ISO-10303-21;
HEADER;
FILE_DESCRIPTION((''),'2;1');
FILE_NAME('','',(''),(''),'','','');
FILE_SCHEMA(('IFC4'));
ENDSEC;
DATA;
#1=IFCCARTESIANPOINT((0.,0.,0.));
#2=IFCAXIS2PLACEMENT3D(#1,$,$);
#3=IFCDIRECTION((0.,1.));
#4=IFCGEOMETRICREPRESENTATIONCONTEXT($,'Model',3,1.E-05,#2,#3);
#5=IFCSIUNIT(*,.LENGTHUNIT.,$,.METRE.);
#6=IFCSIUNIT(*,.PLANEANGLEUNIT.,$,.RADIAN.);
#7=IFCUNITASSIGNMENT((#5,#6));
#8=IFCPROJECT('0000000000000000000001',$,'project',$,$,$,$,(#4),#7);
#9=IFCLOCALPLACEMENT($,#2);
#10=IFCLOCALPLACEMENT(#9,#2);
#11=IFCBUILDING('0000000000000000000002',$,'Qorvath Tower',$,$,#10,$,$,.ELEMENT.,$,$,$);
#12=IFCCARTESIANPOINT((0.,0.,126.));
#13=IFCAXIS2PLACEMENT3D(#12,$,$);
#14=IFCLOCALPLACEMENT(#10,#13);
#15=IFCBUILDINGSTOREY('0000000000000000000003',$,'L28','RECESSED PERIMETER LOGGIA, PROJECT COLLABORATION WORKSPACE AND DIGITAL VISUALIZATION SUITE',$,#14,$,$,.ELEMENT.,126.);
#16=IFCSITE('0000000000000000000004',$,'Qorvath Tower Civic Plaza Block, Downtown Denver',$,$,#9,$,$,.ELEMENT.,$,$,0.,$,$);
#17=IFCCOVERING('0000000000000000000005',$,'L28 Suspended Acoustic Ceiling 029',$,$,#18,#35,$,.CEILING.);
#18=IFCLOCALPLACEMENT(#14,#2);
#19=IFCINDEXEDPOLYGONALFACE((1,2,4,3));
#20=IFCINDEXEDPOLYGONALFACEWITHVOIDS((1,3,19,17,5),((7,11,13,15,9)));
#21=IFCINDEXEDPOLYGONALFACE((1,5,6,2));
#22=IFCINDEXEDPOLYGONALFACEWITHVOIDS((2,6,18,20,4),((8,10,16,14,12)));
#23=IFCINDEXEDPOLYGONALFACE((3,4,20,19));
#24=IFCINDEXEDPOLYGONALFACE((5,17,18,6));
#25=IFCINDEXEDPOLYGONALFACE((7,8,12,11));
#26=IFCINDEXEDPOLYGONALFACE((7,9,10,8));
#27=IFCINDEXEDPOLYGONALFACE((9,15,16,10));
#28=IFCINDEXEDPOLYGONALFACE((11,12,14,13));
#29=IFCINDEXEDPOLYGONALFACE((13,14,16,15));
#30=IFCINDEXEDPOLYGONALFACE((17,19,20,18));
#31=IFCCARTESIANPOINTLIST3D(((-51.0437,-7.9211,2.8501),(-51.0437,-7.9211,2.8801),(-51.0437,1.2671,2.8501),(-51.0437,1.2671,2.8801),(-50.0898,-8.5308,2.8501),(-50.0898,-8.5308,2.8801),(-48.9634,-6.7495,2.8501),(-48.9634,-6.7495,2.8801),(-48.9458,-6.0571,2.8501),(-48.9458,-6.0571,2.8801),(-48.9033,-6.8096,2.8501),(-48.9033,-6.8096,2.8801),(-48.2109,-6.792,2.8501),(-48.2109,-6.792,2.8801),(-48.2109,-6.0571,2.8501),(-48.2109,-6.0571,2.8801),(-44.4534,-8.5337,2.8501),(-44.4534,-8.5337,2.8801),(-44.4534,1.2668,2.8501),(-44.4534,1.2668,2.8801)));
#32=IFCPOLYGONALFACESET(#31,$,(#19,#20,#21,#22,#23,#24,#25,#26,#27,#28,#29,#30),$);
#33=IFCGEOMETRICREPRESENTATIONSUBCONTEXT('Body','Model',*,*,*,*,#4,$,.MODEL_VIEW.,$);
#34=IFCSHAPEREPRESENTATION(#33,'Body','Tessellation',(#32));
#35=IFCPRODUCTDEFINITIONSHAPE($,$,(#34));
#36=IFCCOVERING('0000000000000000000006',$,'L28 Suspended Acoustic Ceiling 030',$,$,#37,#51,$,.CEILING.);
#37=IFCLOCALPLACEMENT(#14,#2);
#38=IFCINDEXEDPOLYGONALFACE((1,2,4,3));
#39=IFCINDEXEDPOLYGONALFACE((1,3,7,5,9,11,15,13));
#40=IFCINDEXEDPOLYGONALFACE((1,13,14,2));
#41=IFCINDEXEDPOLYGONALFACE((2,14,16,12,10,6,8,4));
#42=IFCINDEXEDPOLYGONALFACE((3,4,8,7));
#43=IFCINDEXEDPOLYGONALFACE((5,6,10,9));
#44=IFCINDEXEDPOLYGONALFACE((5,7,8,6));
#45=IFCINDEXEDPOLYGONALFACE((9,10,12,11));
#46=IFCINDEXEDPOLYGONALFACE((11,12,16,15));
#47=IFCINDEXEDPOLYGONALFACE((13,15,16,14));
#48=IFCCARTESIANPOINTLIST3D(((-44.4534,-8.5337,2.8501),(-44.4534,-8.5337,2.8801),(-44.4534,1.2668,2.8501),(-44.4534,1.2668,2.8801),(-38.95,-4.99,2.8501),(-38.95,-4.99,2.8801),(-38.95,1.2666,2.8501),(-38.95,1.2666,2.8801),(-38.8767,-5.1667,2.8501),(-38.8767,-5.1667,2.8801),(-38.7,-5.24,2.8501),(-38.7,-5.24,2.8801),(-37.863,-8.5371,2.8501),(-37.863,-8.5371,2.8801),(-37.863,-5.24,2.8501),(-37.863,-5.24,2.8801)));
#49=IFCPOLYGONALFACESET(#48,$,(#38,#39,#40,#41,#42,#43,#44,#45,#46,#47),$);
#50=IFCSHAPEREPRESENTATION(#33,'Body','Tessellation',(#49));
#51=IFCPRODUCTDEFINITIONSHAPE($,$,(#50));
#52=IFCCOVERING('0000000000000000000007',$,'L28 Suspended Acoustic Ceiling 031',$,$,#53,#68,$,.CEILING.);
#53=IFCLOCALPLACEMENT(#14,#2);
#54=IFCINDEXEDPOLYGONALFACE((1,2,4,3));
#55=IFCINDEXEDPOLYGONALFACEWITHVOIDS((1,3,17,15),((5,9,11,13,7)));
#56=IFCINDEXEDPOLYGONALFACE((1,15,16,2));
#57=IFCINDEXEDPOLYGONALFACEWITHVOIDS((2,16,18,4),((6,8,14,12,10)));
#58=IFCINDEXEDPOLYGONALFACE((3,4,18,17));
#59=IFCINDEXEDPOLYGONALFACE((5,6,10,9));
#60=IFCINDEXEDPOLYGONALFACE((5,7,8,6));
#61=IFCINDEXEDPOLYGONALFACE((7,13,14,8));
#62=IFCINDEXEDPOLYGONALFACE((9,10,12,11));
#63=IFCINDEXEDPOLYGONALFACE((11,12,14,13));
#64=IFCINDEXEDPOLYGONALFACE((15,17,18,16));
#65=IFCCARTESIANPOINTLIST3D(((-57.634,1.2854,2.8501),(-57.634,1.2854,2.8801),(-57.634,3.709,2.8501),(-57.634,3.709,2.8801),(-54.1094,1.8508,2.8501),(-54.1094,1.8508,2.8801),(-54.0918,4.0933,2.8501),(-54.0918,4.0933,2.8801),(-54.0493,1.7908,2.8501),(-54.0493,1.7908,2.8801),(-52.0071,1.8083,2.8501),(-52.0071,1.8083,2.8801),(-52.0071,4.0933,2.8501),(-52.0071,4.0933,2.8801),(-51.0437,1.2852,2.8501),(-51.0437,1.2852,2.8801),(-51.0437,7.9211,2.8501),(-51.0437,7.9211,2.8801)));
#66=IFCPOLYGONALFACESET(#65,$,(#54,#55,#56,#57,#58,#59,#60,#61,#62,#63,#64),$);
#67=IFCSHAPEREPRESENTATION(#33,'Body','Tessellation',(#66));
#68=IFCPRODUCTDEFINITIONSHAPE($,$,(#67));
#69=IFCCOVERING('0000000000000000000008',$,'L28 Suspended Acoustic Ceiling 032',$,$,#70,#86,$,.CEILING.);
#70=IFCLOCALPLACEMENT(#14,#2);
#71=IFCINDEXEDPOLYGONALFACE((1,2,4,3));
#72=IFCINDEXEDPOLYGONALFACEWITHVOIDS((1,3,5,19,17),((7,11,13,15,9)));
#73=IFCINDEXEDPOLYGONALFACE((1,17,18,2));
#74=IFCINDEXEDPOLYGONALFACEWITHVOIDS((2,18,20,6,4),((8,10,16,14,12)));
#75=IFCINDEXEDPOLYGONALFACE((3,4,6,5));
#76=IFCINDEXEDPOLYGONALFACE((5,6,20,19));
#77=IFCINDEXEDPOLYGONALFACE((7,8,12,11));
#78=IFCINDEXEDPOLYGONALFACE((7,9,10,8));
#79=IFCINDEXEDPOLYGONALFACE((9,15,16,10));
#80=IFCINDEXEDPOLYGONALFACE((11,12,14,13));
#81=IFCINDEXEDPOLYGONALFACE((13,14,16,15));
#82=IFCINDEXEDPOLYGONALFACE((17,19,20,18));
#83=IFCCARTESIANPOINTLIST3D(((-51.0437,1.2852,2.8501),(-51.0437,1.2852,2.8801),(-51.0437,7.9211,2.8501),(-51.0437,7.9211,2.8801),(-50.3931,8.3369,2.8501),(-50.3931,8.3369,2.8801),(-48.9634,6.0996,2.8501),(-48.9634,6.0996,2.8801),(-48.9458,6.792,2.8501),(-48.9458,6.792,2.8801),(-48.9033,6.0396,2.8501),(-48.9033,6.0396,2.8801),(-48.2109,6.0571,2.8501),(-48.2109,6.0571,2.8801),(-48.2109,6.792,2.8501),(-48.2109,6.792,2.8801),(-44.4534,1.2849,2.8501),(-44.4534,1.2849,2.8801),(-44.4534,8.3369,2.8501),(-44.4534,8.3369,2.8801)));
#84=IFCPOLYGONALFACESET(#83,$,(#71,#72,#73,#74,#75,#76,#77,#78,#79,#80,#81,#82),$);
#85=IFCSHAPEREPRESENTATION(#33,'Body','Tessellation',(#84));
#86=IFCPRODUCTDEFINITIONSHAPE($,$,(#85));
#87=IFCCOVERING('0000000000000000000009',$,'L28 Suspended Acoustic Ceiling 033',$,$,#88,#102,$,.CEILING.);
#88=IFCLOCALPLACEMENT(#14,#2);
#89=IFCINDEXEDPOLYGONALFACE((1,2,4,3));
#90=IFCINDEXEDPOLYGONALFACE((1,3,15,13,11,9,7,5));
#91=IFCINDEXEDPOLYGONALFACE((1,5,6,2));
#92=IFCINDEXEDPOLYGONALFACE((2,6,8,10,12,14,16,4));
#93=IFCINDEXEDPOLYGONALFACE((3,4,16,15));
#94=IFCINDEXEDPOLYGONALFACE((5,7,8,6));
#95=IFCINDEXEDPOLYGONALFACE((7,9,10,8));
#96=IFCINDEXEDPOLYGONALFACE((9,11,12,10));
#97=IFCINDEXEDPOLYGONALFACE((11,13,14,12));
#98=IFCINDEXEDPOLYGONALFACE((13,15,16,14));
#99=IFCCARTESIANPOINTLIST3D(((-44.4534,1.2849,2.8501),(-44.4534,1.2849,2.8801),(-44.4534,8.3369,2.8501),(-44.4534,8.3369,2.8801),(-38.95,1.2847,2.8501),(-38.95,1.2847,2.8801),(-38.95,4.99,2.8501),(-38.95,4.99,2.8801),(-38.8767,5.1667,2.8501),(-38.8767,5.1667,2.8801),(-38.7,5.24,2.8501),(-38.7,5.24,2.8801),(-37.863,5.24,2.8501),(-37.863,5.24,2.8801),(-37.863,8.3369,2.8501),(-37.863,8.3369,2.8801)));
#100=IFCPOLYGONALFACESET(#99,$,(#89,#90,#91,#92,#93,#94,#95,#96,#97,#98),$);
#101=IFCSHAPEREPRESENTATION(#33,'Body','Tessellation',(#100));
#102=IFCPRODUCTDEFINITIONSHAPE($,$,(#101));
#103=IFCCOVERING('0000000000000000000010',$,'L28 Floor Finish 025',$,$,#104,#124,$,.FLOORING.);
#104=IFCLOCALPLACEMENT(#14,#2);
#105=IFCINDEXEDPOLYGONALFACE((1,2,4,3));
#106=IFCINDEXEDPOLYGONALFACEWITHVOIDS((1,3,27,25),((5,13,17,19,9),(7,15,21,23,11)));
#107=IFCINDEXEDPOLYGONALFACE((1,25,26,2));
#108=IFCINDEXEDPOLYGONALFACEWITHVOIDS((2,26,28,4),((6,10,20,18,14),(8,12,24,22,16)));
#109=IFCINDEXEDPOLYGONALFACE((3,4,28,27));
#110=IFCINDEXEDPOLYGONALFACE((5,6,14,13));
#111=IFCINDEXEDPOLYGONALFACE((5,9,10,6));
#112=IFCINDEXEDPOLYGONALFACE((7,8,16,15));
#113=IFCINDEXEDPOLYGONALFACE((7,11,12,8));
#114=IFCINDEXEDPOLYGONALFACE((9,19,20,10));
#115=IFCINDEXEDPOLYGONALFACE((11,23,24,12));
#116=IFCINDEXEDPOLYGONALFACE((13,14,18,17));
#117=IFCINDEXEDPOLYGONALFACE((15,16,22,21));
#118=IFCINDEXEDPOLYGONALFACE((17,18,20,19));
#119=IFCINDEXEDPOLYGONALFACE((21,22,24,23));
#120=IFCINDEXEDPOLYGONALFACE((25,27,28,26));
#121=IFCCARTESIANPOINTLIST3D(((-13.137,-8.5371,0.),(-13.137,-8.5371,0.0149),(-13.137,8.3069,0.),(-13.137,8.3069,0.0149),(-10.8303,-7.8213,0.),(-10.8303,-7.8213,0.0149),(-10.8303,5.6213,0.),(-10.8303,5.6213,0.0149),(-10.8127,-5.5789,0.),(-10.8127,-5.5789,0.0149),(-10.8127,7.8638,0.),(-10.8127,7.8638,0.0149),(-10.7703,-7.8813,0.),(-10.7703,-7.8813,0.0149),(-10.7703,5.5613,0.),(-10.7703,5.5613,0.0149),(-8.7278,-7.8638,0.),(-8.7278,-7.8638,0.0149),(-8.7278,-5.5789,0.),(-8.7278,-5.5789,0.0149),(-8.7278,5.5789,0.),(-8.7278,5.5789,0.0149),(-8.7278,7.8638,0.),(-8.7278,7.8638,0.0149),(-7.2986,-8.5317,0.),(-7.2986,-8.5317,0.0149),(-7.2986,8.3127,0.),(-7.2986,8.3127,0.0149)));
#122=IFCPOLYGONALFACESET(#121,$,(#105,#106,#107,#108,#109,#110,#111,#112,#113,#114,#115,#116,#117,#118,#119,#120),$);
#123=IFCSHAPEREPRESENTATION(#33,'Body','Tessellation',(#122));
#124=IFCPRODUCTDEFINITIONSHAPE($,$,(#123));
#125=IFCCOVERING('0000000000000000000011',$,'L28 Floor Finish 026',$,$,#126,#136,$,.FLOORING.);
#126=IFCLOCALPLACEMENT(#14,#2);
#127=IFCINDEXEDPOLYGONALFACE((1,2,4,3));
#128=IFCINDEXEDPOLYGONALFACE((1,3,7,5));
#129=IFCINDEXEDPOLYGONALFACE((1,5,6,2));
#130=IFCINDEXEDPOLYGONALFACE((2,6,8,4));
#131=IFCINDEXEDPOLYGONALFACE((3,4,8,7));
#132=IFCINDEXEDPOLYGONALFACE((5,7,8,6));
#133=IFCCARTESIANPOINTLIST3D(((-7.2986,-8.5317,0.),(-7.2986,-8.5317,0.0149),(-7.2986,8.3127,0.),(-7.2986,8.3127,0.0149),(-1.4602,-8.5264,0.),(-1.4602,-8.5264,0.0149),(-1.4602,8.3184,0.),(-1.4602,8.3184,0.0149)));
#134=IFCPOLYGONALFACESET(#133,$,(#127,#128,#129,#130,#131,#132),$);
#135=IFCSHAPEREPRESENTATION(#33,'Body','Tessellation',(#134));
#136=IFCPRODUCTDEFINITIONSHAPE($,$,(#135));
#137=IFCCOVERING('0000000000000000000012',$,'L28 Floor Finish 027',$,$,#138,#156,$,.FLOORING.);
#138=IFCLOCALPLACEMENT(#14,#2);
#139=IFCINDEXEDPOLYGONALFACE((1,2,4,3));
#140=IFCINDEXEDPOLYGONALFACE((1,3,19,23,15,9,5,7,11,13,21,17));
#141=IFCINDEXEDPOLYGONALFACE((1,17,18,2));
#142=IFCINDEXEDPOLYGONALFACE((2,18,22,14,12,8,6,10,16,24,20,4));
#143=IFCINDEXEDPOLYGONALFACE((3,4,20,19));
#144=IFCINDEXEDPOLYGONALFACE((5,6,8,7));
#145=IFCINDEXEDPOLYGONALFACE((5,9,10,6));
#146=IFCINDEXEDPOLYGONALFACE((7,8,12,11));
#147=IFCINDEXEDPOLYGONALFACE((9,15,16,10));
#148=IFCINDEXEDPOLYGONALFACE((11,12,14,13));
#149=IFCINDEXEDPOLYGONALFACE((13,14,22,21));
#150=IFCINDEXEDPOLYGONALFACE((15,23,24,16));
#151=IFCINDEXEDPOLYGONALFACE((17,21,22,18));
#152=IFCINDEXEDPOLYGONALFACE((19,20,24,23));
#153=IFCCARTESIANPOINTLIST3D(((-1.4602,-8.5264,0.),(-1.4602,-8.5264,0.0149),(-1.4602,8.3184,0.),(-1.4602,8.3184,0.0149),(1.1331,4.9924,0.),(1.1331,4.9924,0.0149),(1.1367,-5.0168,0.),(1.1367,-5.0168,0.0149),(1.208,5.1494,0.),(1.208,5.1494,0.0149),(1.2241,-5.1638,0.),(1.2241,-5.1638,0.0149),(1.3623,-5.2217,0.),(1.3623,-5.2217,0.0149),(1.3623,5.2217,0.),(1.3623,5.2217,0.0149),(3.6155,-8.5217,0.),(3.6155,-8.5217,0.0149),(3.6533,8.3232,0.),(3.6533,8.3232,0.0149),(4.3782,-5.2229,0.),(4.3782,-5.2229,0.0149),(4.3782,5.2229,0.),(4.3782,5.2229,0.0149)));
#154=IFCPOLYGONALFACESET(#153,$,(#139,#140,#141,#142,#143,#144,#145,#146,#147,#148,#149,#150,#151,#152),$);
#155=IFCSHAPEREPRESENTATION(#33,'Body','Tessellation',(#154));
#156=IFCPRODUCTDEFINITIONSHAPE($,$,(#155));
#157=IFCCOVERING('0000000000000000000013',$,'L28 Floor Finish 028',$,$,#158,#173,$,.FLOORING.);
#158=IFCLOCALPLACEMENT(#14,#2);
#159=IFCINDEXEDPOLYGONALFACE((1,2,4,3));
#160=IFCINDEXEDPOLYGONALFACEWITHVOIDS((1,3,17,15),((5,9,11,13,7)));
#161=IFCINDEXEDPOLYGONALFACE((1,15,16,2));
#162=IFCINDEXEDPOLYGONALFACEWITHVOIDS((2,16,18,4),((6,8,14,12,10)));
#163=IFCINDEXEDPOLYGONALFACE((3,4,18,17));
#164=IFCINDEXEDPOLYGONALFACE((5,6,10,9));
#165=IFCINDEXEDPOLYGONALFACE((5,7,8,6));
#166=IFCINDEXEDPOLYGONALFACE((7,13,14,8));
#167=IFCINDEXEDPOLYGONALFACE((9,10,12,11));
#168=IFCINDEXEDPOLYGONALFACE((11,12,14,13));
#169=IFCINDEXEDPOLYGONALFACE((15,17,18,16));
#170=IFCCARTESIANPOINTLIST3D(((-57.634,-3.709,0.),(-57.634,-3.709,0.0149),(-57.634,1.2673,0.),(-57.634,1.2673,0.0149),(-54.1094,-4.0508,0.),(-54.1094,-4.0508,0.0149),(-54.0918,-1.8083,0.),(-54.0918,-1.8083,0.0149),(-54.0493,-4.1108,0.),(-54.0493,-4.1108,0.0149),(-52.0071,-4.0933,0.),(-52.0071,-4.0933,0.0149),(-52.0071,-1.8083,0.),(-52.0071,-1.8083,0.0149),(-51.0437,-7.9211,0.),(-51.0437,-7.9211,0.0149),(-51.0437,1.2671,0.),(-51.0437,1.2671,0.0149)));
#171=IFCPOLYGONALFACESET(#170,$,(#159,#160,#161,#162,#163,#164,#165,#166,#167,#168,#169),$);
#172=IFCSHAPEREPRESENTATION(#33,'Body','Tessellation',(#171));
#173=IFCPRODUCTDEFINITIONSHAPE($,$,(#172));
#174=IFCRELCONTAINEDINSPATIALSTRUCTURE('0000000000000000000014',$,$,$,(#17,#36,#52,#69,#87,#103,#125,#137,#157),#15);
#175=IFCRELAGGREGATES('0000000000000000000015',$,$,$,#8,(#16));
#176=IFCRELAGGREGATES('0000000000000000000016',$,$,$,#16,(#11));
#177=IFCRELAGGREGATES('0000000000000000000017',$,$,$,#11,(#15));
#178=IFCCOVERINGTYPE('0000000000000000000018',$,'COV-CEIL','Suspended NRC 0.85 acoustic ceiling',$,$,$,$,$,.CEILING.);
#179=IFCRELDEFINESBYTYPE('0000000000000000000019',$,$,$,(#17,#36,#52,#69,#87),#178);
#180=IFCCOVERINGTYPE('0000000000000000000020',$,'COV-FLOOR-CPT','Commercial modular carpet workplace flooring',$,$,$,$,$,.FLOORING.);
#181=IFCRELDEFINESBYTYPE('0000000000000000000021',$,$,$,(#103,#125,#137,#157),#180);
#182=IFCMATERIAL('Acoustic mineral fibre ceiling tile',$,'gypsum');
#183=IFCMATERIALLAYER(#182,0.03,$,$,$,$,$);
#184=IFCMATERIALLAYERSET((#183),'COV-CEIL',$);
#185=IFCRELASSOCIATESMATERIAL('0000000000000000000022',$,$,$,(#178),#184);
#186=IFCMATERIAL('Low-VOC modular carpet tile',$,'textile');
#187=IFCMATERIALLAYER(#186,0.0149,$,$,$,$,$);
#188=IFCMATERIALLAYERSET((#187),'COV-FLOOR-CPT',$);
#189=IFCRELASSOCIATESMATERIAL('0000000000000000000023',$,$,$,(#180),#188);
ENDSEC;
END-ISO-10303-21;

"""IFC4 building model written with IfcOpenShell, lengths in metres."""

from ifc_helpers import new_model, si_unit, direction, frame, origin, place, context, subcontext, project, spatial, polyline, outline, extrude, material, layer, layer_set, type_object, element, save


model = new_model("IFC4")

# Units and contexts
model_context = context("Model", 3, precision=1e-05, world=origin(), true_north=direction((0.0, 1.0)))
body_context = subcontext(model_context, "Body", "Model", "MODEL_VIEW")
ifc_project = project(units=[si_unit("LENGTHUNIT", "METRE"), si_unit("PLANEANGLEUNIT", "RADIAN")], contexts=[model_context])

# Site, building, storey
site_placement = place(None, origin())
site = spatial("IfcSite", under=ifc_project, at=site_placement, Name="Qorvath Tower Civic Plaza Block, Downtown Denver", CompositionType="ELEMENT", RefElevation=0.0)
building_placement = place(site_placement, origin())
building = spatial("IfcBuilding", under=site, at=building_placement, Name="Qorvath Tower", CompositionType="ELEMENT")
storey_placement = place(building_placement, frame((0.0, 0.0, 126.0)))
storey = spatial("IfcBuildingStorey", under=building, at=storey_placement, Name="L28", Description="RECESSED PERIMETER LOGGIA, PROJECT COLLABORATION WORKSPACE AND DIGITAL VISUALIZATION SUITE", CompositionType="ELEMENT", Elevation=126.0)

# Coverings
ifc_material_1 = material(Name="Acoustic mineral fibre ceiling tile", Category="gypsum")
ifc_layer_1 = layer(ifc_material_1, 0.03)
ifc_layer_set_1 = layer_set([ifc_layer_1], Name="COV-CEIL")
covering_type_1 = type_object("IfcCoveringType", Name="COV-CEIL", Description="Suspended NRC 0.85 acoustic ceiling", PredefinedType="CEILING", material=ifc_layer_set_1)
covering_1_placement = place(storey_placement, frame((0.0, 0.0, 2.8501)))
element("IfcCovering", 1, at=covering_1_placement, inside=storey, type_object=covering_type_1, Name="L28 Suspended Acoustic Ceiling 029", PredefinedType="CEILING", context=body_context, shape_type="SweptSolid", body=[
    extrude(outline(polyline([(-44.4534, -8.5337), (-44.4534, 1.2668), (-51.0437, 1.2671), (-51.0437, -7.9211), (-50.0898, -8.5308), (-44.4534, -8.5337)]), holes=[polyline([(-48.9634, -6.7495), (-48.9458, -6.0571), (-48.2109, -6.0571), (-48.2109, -6.792), (-48.9033, -6.8096), (-48.9634, -6.7495)])]), origin(), (0.0, 0.0, 1.0), 0.03),
])
covering_2_placement = place(storey_placement, frame((0.0, 0.0, 2.8501)))
element("IfcCovering", 2, at=covering_2_placement, inside=storey, type_object=covering_type_1, Name="L28 Suspended Acoustic Ceiling 030", PredefinedType="CEILING", context=body_context, shape_type="SweptSolid", body=[
    extrude(outline(polyline([(-38.95, 1.2666), (-44.4534, 1.2668), (-44.4534, -8.5337), (-37.863, -8.5371), (-37.863, -5.24), (-38.7, -5.24), (-38.8767, -5.1667), (-38.95, -4.99), (-38.95, 1.2666)])), origin(), (0.0, 0.0, 1.0), 0.03),
])
covering_3_placement = place(storey_placement, frame((0.0, 0.0, 2.8501)))
element("IfcCovering", 3, at=covering_3_placement, inside=storey, type_object=covering_type_1, Name="L28 Suspended Acoustic Ceiling 031", PredefinedType="CEILING", context=body_context, shape_type="SweptSolid", body=[
    extrude(outline(polyline([(-51.0437, 1.2852), (-51.0437, 7.9211), (-57.634, 3.709), (-57.634, 1.2854), (-51.0437, 1.2852)]), holes=[polyline([(-54.1094, 1.8508), (-54.0918, 4.0933), (-52.0071, 4.0933), (-52.0071, 1.8083), (-54.0493, 1.7908), (-54.1094, 1.8508)])]), origin(), (0.0, 0.0, 1.0), 0.03),
])
covering_4_placement = place(storey_placement, frame((0.0, 0.0, 2.8501)))
element("IfcCovering", 4, at=covering_4_placement, inside=storey, type_object=covering_type_1, Name="L28 Suspended Acoustic Ceiling 032", PredefinedType="CEILING", context=body_context, shape_type="SweptSolid", body=[
    extrude(outline(polyline([(-44.4534, 1.2849), (-44.4534, 8.3369), (-50.3931, 8.3369), (-51.0437, 7.9211), (-51.0437, 1.2852), (-44.4534, 1.2849)]), holes=[polyline([(-48.9634, 6.0996), (-48.9458, 6.792), (-48.2109, 6.792), (-48.2109, 6.0571), (-48.9033, 6.0396), (-48.9634, 6.0996)])]), origin(), (0.0, 0.0, 1.0), 0.03),
])
covering_5_placement = place(storey_placement, frame((0.0, 0.0, 2.8501)))
element("IfcCovering", 5, at=covering_5_placement, inside=storey, type_object=covering_type_1, Name="L28 Suspended Acoustic Ceiling 033", PredefinedType="CEILING", context=body_context, shape_type="SweptSolid", body=[
    extrude(outline(polyline([(-37.863, 5.24), (-37.863, 8.3369), (-44.4534, 8.3369), (-44.4534, 1.2849), (-38.95, 1.2847), (-38.95, 4.99), (-38.8767, 5.1667), (-38.7, 5.24), (-37.863, 5.24)])), origin(), (0.0, 0.0, 1.0), 0.03),
])
ifc_material_2 = material(Name="Low-VOC modular carpet tile", Category="textile")
ifc_layer_2 = layer(ifc_material_2, 0.0149)
ifc_layer_set_2 = layer_set([ifc_layer_2], Name="COV-FLOOR-CPT")
covering_type_2 = type_object("IfcCoveringType", Name="COV-FLOOR-CPT", Description="Commercial modular carpet workplace flooring", PredefinedType="FLOORING", material=ifc_layer_set_2)
covering_6_placement = place(storey_placement, origin())
element("IfcCovering", 6, at=covering_6_placement, inside=storey, type_object=covering_type_2, Name="L28 Floor Finish 025", PredefinedType="FLOORING", context=body_context, shape_type="SweptSolid", body=[
    extrude(outline(polyline([(-7.2986, -8.5317), (-7.2986, 8.3127), (-13.137, 8.3069), (-13.137, -8.5371), (-7.2986, -8.5317)]), holes=[polyline([(-10.8303, -7.8213), (-10.8127, -5.5789), (-8.7278, -5.5789), (-8.7278, -7.8638), (-10.7703, -7.8813), (-10.8303, -7.8213)]), polyline([(-10.8303, 5.6213), (-10.8127, 7.8638), (-8.7278, 7.8638), (-8.7278, 5.5789), (-10.7703, 5.5613), (-10.8303, 5.6213)])]), origin(), (0.0, 0.0, 1.0), 0.0149),
])
covering_7_placement = place(storey_placement, origin())
element("IfcCovering", 7, at=covering_7_placement, inside=storey, type_object=covering_type_2, Name="L28 Floor Finish 026", PredefinedType="FLOORING", context=body_context, shape_type="SweptSolid", body=[
    extrude(outline(polyline([(-1.4602, -8.5264), (-1.4602, 8.3184), (-7.2986, 8.3127), (-7.2986, -8.5317), (-1.4602, -8.5264)])), origin(), (0.0, 0.0, 1.0), 0.0149),
])
covering_8_placement = place(storey_placement, origin())
element("IfcCovering", 8, at=covering_8_placement, inside=storey, type_object=covering_type_2, Name="L28 Floor Finish 027", PredefinedType="FLOORING", context=body_context, shape_type="SweptSolid", body=[
    extrude(outline(polyline([(1.208, 5.1494), (1.3623, 5.2217), (4.3782, 5.2229), (3.6533, 8.3232), (-1.4602, 8.3184), (-1.4602, -8.5264), (3.6155, -8.5217), (4.3782, -5.2229), (1.3623, -5.2217), (1.2241, -5.1638), (1.1367, -5.0168), (1.1331, 4.9924), (1.208, 5.1494)])), origin(), (0.0, 0.0, 1.0), 0.0149),
])
covering_9_placement = place(storey_placement, origin())
element("IfcCovering", 9, at=covering_9_placement, inside=storey, type_object=covering_type_2, Name="L28 Floor Finish 028", PredefinedType="FLOORING", context=body_context, shape_type="SweptSolid", body=[
    extrude(outline(polyline([(-51.0437, -7.9211), (-51.0437, 1.2671), (-57.634, 1.2673), (-57.634, -3.709), (-51.0437, -7.9211)]), holes=[polyline([(-54.1094, -4.0508), (-54.0918, -1.8083), (-52.0071, -1.8083), (-52.0071, -4.0933), (-54.0493, -4.1108), (-54.1094, -4.0508)])]), origin(), (0.0, 0.0, 1.0), 0.0149),
])

save(model, "model.ifc")
